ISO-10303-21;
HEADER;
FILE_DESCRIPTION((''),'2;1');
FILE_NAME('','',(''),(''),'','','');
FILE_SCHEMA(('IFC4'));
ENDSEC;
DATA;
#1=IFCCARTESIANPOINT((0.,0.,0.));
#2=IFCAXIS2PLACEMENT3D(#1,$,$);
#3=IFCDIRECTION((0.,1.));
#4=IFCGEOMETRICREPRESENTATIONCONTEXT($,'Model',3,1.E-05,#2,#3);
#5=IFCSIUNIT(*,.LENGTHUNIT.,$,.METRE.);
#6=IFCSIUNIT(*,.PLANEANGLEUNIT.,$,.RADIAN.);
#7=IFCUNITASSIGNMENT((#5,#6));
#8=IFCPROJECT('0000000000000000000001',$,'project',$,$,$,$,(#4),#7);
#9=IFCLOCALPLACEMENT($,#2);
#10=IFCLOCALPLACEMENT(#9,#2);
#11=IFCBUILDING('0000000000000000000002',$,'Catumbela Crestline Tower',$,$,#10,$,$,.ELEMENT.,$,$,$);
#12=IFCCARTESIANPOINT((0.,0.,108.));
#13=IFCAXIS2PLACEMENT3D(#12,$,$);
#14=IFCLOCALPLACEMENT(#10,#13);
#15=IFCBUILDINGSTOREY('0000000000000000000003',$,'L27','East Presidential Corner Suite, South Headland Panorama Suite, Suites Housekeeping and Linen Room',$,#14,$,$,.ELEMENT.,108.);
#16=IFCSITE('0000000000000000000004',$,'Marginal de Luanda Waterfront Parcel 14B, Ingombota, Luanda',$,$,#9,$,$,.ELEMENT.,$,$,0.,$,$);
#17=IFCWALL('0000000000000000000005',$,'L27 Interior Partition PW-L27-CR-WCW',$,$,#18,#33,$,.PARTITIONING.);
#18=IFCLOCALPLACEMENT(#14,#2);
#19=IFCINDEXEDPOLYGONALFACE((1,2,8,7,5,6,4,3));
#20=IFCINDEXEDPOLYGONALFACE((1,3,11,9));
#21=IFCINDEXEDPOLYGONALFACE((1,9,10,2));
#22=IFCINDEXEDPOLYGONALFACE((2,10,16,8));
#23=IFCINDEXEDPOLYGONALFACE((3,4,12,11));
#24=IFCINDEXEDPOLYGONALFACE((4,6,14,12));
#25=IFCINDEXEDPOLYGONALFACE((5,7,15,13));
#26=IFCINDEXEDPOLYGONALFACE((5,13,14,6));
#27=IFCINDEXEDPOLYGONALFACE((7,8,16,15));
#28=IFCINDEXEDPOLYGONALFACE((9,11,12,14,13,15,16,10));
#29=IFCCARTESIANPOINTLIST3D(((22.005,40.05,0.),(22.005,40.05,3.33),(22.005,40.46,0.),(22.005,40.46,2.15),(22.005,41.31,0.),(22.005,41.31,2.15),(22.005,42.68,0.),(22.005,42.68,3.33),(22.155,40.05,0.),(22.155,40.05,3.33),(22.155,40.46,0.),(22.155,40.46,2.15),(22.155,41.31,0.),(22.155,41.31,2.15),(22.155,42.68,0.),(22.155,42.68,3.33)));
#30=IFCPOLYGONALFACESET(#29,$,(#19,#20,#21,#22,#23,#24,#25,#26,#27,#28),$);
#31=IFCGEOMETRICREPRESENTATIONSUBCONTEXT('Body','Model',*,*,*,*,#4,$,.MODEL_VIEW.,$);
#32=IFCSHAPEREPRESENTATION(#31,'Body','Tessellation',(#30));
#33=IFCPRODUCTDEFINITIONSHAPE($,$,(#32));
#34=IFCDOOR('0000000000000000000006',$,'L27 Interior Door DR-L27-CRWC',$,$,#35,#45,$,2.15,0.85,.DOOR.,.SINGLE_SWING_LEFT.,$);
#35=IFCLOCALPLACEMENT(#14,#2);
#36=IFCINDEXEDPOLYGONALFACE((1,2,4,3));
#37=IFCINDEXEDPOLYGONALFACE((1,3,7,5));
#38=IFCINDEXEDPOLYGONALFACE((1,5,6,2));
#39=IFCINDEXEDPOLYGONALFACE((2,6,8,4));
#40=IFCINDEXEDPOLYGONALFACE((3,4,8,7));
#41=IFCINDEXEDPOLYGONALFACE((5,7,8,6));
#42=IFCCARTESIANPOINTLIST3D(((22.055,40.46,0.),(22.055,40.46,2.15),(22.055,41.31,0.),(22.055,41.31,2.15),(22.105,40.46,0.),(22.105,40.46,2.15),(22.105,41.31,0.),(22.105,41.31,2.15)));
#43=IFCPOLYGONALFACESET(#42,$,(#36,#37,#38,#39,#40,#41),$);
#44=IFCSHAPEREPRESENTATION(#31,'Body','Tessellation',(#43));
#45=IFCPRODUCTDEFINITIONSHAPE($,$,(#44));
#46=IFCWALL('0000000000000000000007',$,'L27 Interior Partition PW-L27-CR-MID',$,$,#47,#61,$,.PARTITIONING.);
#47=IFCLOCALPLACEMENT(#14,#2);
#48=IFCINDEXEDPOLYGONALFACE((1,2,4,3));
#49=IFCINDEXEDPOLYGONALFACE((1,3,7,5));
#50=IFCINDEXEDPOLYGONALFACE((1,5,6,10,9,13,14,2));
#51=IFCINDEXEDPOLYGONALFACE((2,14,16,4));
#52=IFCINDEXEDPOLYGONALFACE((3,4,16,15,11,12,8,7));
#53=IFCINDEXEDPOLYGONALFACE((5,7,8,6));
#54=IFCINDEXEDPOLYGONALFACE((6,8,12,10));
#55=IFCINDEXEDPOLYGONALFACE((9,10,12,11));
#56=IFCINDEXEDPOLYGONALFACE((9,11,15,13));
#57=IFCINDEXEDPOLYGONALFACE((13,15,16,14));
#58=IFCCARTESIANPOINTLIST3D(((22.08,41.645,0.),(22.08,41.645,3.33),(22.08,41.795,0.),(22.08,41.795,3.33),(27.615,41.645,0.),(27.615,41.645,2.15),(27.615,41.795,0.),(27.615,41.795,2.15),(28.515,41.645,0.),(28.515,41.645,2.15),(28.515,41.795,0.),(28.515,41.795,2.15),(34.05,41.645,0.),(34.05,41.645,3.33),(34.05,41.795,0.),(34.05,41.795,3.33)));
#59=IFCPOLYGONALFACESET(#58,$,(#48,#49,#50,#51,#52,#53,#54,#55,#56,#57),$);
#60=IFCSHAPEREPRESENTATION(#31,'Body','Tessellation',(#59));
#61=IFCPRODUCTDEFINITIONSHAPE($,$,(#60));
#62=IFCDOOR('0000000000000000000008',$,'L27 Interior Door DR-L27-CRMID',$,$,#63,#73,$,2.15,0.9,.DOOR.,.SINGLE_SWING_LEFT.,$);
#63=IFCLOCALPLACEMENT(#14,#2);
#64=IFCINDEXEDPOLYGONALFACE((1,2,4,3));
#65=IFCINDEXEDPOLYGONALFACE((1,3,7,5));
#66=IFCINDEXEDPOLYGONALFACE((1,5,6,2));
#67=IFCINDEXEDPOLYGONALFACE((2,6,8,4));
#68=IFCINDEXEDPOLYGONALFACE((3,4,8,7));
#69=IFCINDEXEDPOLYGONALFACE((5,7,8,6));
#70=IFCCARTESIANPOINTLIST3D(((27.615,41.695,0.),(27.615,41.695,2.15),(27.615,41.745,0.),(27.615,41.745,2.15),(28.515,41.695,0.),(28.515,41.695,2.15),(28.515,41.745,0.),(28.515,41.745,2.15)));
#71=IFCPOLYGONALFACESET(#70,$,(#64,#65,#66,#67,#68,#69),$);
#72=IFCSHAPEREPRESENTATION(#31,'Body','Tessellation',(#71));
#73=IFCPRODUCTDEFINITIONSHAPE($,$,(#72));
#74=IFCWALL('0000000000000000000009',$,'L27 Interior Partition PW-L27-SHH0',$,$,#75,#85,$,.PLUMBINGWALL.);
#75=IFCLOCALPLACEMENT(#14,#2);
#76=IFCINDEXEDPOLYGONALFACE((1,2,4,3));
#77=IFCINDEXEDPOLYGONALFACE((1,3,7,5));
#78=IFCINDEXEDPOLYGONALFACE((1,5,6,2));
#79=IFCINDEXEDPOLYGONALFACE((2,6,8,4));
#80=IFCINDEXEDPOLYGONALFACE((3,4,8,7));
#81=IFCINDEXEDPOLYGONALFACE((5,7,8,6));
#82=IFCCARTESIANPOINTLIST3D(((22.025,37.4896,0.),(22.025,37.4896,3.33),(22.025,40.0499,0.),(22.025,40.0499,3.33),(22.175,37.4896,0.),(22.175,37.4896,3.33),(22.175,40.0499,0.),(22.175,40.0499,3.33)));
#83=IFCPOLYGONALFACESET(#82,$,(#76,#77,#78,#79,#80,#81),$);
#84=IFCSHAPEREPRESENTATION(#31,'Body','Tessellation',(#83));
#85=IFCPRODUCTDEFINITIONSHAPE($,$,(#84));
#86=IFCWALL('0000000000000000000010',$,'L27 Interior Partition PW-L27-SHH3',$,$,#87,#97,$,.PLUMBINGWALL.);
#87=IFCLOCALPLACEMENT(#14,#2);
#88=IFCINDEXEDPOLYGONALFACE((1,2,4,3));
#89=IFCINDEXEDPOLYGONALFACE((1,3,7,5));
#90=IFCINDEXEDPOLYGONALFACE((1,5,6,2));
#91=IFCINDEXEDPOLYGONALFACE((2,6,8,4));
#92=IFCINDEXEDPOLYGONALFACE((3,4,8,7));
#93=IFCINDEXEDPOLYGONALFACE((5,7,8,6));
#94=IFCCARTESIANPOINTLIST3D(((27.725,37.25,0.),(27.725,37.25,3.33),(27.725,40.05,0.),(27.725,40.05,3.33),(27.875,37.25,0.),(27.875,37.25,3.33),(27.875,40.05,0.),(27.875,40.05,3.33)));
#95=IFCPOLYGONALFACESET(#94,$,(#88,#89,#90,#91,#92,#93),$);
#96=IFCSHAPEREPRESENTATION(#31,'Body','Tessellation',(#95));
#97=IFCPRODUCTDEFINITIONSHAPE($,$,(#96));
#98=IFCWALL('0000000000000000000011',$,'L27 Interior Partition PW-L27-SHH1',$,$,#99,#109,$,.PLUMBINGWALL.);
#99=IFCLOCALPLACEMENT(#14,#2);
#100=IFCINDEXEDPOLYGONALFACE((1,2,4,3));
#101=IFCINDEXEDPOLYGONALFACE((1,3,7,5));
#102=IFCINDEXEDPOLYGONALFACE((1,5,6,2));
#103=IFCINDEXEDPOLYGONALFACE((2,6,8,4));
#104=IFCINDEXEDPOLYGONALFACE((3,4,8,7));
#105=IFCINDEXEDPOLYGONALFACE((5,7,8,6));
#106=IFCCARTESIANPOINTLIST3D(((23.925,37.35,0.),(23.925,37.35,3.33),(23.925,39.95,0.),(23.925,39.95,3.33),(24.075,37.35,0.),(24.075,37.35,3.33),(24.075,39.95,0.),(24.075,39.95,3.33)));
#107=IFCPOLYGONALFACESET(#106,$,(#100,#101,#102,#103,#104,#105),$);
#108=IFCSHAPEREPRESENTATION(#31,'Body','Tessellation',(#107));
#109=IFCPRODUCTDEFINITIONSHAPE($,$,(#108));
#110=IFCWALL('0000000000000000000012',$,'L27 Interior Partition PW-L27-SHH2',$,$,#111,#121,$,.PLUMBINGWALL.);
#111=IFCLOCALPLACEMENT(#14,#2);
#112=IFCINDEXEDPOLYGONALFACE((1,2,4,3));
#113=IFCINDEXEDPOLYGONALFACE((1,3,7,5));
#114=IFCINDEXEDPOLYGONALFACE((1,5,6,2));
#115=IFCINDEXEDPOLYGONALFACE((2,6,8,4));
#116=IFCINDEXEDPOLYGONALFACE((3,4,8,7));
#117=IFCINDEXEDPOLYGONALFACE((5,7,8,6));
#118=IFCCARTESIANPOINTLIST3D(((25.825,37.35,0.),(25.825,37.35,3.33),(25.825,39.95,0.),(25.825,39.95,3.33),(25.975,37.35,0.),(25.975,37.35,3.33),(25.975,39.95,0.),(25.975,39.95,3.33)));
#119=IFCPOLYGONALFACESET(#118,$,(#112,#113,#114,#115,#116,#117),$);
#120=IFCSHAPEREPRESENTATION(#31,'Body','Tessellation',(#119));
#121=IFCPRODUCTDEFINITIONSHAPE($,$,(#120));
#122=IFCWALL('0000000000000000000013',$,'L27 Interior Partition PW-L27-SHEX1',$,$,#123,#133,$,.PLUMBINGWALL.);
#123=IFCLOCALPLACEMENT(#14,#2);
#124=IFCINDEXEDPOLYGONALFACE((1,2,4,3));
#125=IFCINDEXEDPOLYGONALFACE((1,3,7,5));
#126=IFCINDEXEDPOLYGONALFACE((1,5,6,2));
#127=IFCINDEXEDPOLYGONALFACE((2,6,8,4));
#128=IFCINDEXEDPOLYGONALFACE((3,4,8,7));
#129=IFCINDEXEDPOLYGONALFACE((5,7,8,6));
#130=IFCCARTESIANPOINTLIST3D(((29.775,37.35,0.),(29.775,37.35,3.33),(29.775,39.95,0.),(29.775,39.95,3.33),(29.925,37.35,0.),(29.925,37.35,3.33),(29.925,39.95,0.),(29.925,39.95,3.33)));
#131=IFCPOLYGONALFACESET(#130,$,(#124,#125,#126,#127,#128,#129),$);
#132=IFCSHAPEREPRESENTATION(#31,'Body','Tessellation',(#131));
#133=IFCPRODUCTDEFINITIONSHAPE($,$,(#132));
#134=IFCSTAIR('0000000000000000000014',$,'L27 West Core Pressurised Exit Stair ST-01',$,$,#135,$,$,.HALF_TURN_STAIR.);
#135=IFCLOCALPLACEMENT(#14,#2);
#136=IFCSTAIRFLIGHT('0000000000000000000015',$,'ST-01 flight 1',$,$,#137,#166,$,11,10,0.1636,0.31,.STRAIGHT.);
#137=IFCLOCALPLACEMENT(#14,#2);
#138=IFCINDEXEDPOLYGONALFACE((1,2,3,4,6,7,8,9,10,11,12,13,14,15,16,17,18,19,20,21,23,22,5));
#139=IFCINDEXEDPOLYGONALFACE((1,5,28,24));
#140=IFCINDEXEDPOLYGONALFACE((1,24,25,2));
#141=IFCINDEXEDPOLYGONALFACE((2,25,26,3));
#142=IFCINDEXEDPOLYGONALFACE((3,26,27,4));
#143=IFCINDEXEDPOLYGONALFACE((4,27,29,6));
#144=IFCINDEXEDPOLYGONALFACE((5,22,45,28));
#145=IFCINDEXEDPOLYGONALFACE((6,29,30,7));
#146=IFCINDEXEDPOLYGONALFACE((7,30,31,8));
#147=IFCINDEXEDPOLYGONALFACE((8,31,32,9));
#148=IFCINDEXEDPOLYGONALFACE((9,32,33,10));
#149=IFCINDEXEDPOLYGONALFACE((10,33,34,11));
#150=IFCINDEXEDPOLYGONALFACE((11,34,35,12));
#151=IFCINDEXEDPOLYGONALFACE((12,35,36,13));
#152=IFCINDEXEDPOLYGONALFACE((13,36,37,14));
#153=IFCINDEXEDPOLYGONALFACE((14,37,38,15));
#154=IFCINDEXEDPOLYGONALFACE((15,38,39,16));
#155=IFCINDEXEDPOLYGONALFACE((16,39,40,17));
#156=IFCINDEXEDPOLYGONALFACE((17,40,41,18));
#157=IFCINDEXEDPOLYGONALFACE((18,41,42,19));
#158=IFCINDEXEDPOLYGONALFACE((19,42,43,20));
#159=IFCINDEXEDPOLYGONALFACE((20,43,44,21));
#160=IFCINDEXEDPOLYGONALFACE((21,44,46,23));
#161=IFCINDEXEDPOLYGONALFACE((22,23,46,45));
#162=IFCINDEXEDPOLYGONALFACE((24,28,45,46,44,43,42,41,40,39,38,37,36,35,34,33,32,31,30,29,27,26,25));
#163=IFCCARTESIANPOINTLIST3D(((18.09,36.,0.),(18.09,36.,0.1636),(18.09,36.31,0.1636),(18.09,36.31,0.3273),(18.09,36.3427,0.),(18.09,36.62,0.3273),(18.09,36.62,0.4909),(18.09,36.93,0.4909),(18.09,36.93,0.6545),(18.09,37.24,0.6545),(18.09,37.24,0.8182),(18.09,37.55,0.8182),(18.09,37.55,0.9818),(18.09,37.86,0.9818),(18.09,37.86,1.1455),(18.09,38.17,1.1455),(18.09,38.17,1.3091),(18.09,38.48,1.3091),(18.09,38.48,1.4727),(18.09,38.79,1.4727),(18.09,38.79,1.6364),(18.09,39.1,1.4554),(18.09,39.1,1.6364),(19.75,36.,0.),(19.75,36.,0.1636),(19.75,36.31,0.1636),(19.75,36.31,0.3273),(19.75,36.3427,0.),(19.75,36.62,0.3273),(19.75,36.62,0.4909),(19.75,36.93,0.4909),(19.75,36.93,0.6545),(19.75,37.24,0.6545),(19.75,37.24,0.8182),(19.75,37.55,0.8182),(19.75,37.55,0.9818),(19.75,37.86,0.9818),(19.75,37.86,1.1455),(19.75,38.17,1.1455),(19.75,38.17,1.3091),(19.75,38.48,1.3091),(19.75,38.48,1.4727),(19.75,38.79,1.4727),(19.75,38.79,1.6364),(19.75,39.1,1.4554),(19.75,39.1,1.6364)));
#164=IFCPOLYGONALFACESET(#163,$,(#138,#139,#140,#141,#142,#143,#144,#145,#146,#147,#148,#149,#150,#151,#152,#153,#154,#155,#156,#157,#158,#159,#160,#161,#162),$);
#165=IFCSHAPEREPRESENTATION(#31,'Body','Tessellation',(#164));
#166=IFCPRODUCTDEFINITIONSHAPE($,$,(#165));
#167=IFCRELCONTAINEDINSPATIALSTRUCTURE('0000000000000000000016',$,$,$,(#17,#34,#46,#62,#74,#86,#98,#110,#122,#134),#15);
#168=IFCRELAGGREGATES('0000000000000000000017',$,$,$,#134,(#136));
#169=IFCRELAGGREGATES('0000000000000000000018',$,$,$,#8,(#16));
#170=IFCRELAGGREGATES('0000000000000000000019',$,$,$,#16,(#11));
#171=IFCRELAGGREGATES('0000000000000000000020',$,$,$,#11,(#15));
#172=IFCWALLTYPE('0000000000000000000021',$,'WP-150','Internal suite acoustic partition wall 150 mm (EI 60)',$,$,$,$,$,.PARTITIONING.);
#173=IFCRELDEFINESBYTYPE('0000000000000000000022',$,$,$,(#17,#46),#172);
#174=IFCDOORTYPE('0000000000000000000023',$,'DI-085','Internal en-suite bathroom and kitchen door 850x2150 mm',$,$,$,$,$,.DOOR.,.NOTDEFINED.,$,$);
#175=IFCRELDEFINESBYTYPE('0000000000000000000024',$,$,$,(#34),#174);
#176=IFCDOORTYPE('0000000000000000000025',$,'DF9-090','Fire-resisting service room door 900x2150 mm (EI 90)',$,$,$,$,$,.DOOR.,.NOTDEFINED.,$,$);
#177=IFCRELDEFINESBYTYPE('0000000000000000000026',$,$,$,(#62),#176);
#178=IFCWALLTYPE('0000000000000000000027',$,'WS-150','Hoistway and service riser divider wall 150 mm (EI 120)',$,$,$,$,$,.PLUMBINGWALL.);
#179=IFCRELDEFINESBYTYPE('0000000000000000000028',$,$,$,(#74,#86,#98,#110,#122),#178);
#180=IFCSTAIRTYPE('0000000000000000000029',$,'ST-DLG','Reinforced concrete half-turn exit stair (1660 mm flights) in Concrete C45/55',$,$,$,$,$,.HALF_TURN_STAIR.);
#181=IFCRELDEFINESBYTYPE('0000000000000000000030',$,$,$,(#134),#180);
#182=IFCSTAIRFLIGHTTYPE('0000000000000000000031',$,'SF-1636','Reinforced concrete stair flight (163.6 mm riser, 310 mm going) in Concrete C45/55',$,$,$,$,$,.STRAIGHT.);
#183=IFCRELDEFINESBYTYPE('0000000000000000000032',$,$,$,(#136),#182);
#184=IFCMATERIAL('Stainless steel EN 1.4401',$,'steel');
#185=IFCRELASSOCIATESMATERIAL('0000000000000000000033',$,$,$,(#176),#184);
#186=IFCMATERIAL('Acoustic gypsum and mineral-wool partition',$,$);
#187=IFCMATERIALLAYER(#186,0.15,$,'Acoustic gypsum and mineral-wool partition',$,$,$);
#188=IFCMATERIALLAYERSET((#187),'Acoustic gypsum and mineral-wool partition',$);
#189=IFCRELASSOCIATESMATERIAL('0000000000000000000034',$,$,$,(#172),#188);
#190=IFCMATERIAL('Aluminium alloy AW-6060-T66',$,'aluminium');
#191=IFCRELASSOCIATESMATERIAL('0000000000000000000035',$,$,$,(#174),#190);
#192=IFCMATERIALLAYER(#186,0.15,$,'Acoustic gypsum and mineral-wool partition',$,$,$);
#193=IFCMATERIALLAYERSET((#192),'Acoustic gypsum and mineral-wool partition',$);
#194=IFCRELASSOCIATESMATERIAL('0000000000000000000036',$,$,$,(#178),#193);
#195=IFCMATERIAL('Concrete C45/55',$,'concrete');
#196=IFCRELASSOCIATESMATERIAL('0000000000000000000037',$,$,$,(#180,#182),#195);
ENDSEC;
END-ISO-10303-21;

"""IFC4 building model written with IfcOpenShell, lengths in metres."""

from ifc_helpers import new_model, si_unit, direction, frame, frame_2d, origin, place, context, subcontext, project, spatial, polyline, rectangle, outline, extrude, material, layer, layer_set, type_object, element, fill, aggregate, save


model = new_model("IFC4")

# Units and contexts
model_context = context("Model", 3, precision=1e-05, world=origin(), true_north=direction((0.0, 1.0)))
body_context = subcontext(model_context, "Body", "Model", "MODEL_VIEW")
ifc_project = project(units=[si_unit("LENGTHUNIT", "METRE"), si_unit("PLANEANGLEUNIT", "RADIAN")], contexts=[model_context])

# Site, building, storey
site_placement = place(None, origin())
site = spatial("IfcSite", under=ifc_project, at=site_placement, Name="Marginal de Luanda Waterfront Parcel 14B, Ingombota, Luanda", CompositionType="ELEMENT", RefElevation=0.0)
building_placement = place(site_placement, origin())
building = spatial("IfcBuilding", under=site, at=building_placement, Name="Catumbela Crestline Tower", CompositionType="ELEMENT")
storey_placement = place(building_placement, frame((0.0, 0.0, 108.0)))
storey = spatial("IfcBuildingStorey", under=building, at=storey_placement, Name="L27", Description="East Presidential Corner Suite, South Headland Panorama Suite, Suites Housekeeping and Linen Room", CompositionType="ELEMENT", Elevation=108.0)

# Shared definitions
ifc_material_1 = material(Name="Aluminium alloy AW-6060-T66", Category="aluminium")

# Shared definitions
ifc_material_2 = material(Name="Stainless steel EN 1.4401", Category="steel")

# Shared definitions
door_type_1 = type_object("IfcDoorType", Name="DF9-090", Description="Fire-resisting service room door 900x2150 mm (EI 90)", OperationType="NOTDEFINED", PredefinedType="DOOR", material=ifc_material_2)

# Walls, openings, doors
ifc_material_3 = material(Name="Acoustic gypsum and mineral-wool partition")
ifc_layer_1 = layer(ifc_material_3, 0.15, Name="Acoustic gypsum and mineral-wool partition")
ifc_layer_set_1 = layer_set([ifc_layer_1], Name="Acoustic gypsum and mineral-wool partition")
wall_type_1 = type_object("IfcWallType", Name="WP-150", Description="Internal suite acoustic partition wall 150 mm (EI 60)", PredefinedType="PARTITIONING", material=ifc_layer_set_1)
wall_1_placement = place(storey_placement, frame((22.08, 40.05, 0.0), z_axis=(0.0, 0.0, 1.0), x_axis=(0.0, 1.0, 0.0)))
wall_1 = element("IfcWall", 1, at=wall_1_placement, inside=storey, type_object=wall_type_1, Name="L27 Interior Partition PW-L27-CR-WCW", PredefinedType="PARTITIONING", context=body_context, shape_type="SweptSolid", body=[
    extrude(rectangle(XDim=2.63, YDim=0.15, at=frame_2d((1.315, 0.0))), origin(), (0.0, 0.0, 1.0), 3.33),
])
opening_1_placement = place(wall_1_placement, frame((0.41, 0.0, 0.0)))
opening_1 = element("IfcOpeningElement", 2, at=opening_1_placement, cuts=wall_1, PredefinedType="OPENING", context=body_context, shape_type="SweptSolid", body=[
    extrude(rectangle(XDim=0.85, YDim=2.15, at=frame_2d((0.425, 1.075))), frame((0.0, 0.085, 0.0), z_axis=(0.0, -1.0, 0.0), x_axis=(1.0, 0.0, 0.0)), (0.0, 0.0, 1.0), 0.17),
])
door_type_2 = type_object("IfcDoorType", Name="DI-085", Description="Internal en-suite bathroom and kitchen door 850x2150 mm", OperationType="NOTDEFINED", PredefinedType="DOOR", material=ifc_material_1)
door_1_placement = place(opening_1_placement, origin())
door_1 = element("IfcDoor", 3, at=door_1_placement, inside=storey, type_object=door_type_2, Name="L27 Interior Door DR-L27-CRWC", OperationType="SINGLE_SWING_LEFT", OverallHeight=2.15, OverallWidth=0.85, PredefinedType="DOOR", context=body_context, shape_type="SweptSolid", body=[
    extrude(rectangle(XDim=0.85, YDim=2.15, at=frame_2d((0.425, 1.075))), frame((0.0, 0.025, 0.0), z_axis=(0.0, -1.0, 0.0), x_axis=(1.0, 0.0, 0.0)), (0.0, 0.0, 1.0), 0.05),
])
fill(opening_1, door_1)
wall_2_placement = place(storey_placement, frame((22.08, 41.72, 0.0), z_axis=(0.0, 0.0, 1.0), x_axis=(1.0, 0.0, 0.0)))
wall_2 = element("IfcWall", 4, at=wall_2_placement, inside=storey, type_object=wall_type_1, Name="L27 Interior Partition PW-L27-CR-MID", PredefinedType="PARTITIONING", context=body_context, shape_type="SweptSolid", body=[
    extrude(rectangle(XDim=11.97, YDim=0.15, at=frame_2d((5.985, 0.0))), origin(), (0.0, 0.0, 1.0), 3.33),
])
opening_2_placement = place(wall_2_placement, frame((5.535, 0.0, 0.0)))
opening_2 = element("IfcOpeningElement", 5, at=opening_2_placement, cuts=wall_2, PredefinedType="OPENING", context=body_context, shape_type="SweptSolid", body=[
    extrude(rectangle(XDim=0.9, YDim=2.15, at=frame_2d((0.45, 1.075))), frame((0.0, 0.085, 0.0), z_axis=(0.0, -1.0, 0.0), x_axis=(1.0, 0.0, 0.0)), (0.0, 0.0, 1.0), 0.17),
])
door_2_placement = place(opening_2_placement, origin())
door_2 = element("IfcDoor", 6, at=door_2_placement, inside=storey, type_object=door_type_1, Name="L27 Interior Door DR-L27-CRMID", OperationType="SINGLE_SWING_LEFT", OverallHeight=2.15, OverallWidth=0.9, PredefinedType="DOOR", context=body_context, shape_type="SweptSolid", body=[
    extrude(rectangle(XDim=0.9, YDim=2.15, at=frame_2d((0.45, 1.075))), frame((0.0, 0.025, 0.0), z_axis=(0.0, -1.0, 0.0), x_axis=(1.0, 0.0, 0.0)), (0.0, 0.0, 1.0), 0.05),
])
fill(opening_2, door_2)

# Walls
ifc_layer_2 = layer(ifc_material_3, 0.15, Name="Acoustic gypsum and mineral-wool partition")
ifc_layer_set_2 = layer_set([ifc_layer_2], Name="Acoustic gypsum and mineral-wool partition")
wall_type_2 = type_object("IfcWallType", Name="WS-150", Description="Hoistway and service riser divider wall 150 mm (EI 120)", PredefinedType="PLUMBINGWALL", material=ifc_layer_set_2)
wall_3_placement = place(storey_placement, frame((22.1, 37.4897, 0.0), z_axis=(0.0, 0.0, 1.0), x_axis=(0.0, 1.0, 0.0)))
element("IfcWall", 7, at=wall_3_placement, inside=storey, type_object=wall_type_2, Name="L27 Interior Partition PW-L27-SHH0", PredefinedType="PLUMBINGWALL", context=body_context, shape_type="SweptSolid", body=[
    extrude(rectangle(XDim=2.5603, YDim=0.15, at=frame_2d((1.2801, 0.0))), origin(), (0.0, 0.0, 1.0), 3.33),
])
wall_4_placement = place(storey_placement, frame((27.8, 37.25, 0.0), z_axis=(0.0, 0.0, 1.0), x_axis=(0.0, 1.0, 0.0)))
element("IfcWall", 8, at=wall_4_placement, inside=storey, type_object=wall_type_2, Name="L27 Interior Partition PW-L27-SHH3", PredefinedType="PLUMBINGWALL", context=body_context, shape_type="SweptSolid", body=[
    extrude(rectangle(XDim=2.8, YDim=0.15, at=frame_2d((1.4, 0.0))), origin(), (0.0, 0.0, 1.0), 3.33),
])
for number, where, z_axis, x_axis, name in (
    (9, (24.0, 37.35, 0.0), (0.0, 0.0, 1.0), (0.0, 1.0, 0.0), "L27 Interior Partition PW-L27-SHH1"),
    (10, (25.9, 37.35, 0.0), (0.0, 0.0, 1.0), (0.0, 1.0, 0.0), "L27 Interior Partition PW-L27-SHH2"),
    (11, (29.85, 37.35, 0.0), (0.0, 0.0, 1.0), (0.0, 1.0, 0.0), "L27 Interior Partition PW-L27-SHEX1"),
):
    element("IfcWall", number, at=place(storey_placement, frame(where, z_axis=z_axis, x_axis=x_axis)), inside=storey, type_object=wall_type_2, Name=name, PredefinedType="PLUMBINGWALL", context=body_context, shape_type="SweptSolid", body=[
        extrude(rectangle(XDim=2.6, YDim=0.15, at=frame_2d((1.3, 0.0))), origin(), (0.0, 0.0, 1.0), 3.33),
    ])

# Stair, stair flight
ifc_material_4 = material(Name="Concrete C45/55", Category="concrete")
stair_type = type_object("IfcStairType", Name="ST-DLG", Description="Reinforced concrete half-turn exit stair (1660 mm flights) in Concrete C45/55", PredefinedType="HALF_TURN_STAIR", material=ifc_material_4)
stair_placement = place(storey_placement, origin())
stair = element("IfcStair", 12, at=stair_placement, inside=storey, type_object=stair_type, Name="L27 West Core Pressurised Exit Stair ST-01", PredefinedType="HALF_TURN_STAIR")
stair_flight_type = type_object("IfcStairFlightType", Name="SF-1636", Description="Reinforced concrete stair flight (163.6 mm riser, 310 mm going) in Concrete C45/55", PredefinedType="STRAIGHT", material=ifc_material_4)
stair_flight_placement = place(storey_placement, frame((18.92, 36.0, 0.0), z_axis=(0.0, 0.0, 1.0), x_axis=(0.0, 1.0, 0.0)))
stair_flight = element("IfcStairFlight", 13, at=stair_flight_placement, type_object=stair_flight_type, Name="ST-01 flight 1", NumberOfRisers=11, NumberOfTreads=10, PredefinedType="STRAIGHT", RiserHeight=0.1636, TreadLength=0.31, context=body_context, shape_type="SweptSolid", body=[
    extrude(outline(polyline([(0.0, 0.0), (0.0, 0.1636), (0.31, 0.1636), (0.31, 0.3273), (0.62, 0.3273), (0.62, 0.4909), (0.93, 0.4909), (0.93, 0.6545), (1.24, 0.6545), (1.24, 0.8182), (1.55, 0.8182), (1.55, 0.9818), (1.86, 0.9818), (1.86, 1.1455), (2.17, 1.1455), (2.17, 1.3091), (2.48, 1.3091), (2.48, 1.4727), (2.79, 1.4727), (2.79, 1.6364), (3.1, 1.6364), (3.1, 1.8), (3.1, 1.4554), (0.3427, 0.0), (0.0, 0.0)])), frame((0.0, 0.83, 0.0), z_axis=(0.0, -1.0, 0.0), x_axis=(1.0, 0.0, 0.0)), (0.0, 0.0, 1.0), 1.66),
])
aggregate(stair, [stair_flight])

save(model, "model.ifc")
